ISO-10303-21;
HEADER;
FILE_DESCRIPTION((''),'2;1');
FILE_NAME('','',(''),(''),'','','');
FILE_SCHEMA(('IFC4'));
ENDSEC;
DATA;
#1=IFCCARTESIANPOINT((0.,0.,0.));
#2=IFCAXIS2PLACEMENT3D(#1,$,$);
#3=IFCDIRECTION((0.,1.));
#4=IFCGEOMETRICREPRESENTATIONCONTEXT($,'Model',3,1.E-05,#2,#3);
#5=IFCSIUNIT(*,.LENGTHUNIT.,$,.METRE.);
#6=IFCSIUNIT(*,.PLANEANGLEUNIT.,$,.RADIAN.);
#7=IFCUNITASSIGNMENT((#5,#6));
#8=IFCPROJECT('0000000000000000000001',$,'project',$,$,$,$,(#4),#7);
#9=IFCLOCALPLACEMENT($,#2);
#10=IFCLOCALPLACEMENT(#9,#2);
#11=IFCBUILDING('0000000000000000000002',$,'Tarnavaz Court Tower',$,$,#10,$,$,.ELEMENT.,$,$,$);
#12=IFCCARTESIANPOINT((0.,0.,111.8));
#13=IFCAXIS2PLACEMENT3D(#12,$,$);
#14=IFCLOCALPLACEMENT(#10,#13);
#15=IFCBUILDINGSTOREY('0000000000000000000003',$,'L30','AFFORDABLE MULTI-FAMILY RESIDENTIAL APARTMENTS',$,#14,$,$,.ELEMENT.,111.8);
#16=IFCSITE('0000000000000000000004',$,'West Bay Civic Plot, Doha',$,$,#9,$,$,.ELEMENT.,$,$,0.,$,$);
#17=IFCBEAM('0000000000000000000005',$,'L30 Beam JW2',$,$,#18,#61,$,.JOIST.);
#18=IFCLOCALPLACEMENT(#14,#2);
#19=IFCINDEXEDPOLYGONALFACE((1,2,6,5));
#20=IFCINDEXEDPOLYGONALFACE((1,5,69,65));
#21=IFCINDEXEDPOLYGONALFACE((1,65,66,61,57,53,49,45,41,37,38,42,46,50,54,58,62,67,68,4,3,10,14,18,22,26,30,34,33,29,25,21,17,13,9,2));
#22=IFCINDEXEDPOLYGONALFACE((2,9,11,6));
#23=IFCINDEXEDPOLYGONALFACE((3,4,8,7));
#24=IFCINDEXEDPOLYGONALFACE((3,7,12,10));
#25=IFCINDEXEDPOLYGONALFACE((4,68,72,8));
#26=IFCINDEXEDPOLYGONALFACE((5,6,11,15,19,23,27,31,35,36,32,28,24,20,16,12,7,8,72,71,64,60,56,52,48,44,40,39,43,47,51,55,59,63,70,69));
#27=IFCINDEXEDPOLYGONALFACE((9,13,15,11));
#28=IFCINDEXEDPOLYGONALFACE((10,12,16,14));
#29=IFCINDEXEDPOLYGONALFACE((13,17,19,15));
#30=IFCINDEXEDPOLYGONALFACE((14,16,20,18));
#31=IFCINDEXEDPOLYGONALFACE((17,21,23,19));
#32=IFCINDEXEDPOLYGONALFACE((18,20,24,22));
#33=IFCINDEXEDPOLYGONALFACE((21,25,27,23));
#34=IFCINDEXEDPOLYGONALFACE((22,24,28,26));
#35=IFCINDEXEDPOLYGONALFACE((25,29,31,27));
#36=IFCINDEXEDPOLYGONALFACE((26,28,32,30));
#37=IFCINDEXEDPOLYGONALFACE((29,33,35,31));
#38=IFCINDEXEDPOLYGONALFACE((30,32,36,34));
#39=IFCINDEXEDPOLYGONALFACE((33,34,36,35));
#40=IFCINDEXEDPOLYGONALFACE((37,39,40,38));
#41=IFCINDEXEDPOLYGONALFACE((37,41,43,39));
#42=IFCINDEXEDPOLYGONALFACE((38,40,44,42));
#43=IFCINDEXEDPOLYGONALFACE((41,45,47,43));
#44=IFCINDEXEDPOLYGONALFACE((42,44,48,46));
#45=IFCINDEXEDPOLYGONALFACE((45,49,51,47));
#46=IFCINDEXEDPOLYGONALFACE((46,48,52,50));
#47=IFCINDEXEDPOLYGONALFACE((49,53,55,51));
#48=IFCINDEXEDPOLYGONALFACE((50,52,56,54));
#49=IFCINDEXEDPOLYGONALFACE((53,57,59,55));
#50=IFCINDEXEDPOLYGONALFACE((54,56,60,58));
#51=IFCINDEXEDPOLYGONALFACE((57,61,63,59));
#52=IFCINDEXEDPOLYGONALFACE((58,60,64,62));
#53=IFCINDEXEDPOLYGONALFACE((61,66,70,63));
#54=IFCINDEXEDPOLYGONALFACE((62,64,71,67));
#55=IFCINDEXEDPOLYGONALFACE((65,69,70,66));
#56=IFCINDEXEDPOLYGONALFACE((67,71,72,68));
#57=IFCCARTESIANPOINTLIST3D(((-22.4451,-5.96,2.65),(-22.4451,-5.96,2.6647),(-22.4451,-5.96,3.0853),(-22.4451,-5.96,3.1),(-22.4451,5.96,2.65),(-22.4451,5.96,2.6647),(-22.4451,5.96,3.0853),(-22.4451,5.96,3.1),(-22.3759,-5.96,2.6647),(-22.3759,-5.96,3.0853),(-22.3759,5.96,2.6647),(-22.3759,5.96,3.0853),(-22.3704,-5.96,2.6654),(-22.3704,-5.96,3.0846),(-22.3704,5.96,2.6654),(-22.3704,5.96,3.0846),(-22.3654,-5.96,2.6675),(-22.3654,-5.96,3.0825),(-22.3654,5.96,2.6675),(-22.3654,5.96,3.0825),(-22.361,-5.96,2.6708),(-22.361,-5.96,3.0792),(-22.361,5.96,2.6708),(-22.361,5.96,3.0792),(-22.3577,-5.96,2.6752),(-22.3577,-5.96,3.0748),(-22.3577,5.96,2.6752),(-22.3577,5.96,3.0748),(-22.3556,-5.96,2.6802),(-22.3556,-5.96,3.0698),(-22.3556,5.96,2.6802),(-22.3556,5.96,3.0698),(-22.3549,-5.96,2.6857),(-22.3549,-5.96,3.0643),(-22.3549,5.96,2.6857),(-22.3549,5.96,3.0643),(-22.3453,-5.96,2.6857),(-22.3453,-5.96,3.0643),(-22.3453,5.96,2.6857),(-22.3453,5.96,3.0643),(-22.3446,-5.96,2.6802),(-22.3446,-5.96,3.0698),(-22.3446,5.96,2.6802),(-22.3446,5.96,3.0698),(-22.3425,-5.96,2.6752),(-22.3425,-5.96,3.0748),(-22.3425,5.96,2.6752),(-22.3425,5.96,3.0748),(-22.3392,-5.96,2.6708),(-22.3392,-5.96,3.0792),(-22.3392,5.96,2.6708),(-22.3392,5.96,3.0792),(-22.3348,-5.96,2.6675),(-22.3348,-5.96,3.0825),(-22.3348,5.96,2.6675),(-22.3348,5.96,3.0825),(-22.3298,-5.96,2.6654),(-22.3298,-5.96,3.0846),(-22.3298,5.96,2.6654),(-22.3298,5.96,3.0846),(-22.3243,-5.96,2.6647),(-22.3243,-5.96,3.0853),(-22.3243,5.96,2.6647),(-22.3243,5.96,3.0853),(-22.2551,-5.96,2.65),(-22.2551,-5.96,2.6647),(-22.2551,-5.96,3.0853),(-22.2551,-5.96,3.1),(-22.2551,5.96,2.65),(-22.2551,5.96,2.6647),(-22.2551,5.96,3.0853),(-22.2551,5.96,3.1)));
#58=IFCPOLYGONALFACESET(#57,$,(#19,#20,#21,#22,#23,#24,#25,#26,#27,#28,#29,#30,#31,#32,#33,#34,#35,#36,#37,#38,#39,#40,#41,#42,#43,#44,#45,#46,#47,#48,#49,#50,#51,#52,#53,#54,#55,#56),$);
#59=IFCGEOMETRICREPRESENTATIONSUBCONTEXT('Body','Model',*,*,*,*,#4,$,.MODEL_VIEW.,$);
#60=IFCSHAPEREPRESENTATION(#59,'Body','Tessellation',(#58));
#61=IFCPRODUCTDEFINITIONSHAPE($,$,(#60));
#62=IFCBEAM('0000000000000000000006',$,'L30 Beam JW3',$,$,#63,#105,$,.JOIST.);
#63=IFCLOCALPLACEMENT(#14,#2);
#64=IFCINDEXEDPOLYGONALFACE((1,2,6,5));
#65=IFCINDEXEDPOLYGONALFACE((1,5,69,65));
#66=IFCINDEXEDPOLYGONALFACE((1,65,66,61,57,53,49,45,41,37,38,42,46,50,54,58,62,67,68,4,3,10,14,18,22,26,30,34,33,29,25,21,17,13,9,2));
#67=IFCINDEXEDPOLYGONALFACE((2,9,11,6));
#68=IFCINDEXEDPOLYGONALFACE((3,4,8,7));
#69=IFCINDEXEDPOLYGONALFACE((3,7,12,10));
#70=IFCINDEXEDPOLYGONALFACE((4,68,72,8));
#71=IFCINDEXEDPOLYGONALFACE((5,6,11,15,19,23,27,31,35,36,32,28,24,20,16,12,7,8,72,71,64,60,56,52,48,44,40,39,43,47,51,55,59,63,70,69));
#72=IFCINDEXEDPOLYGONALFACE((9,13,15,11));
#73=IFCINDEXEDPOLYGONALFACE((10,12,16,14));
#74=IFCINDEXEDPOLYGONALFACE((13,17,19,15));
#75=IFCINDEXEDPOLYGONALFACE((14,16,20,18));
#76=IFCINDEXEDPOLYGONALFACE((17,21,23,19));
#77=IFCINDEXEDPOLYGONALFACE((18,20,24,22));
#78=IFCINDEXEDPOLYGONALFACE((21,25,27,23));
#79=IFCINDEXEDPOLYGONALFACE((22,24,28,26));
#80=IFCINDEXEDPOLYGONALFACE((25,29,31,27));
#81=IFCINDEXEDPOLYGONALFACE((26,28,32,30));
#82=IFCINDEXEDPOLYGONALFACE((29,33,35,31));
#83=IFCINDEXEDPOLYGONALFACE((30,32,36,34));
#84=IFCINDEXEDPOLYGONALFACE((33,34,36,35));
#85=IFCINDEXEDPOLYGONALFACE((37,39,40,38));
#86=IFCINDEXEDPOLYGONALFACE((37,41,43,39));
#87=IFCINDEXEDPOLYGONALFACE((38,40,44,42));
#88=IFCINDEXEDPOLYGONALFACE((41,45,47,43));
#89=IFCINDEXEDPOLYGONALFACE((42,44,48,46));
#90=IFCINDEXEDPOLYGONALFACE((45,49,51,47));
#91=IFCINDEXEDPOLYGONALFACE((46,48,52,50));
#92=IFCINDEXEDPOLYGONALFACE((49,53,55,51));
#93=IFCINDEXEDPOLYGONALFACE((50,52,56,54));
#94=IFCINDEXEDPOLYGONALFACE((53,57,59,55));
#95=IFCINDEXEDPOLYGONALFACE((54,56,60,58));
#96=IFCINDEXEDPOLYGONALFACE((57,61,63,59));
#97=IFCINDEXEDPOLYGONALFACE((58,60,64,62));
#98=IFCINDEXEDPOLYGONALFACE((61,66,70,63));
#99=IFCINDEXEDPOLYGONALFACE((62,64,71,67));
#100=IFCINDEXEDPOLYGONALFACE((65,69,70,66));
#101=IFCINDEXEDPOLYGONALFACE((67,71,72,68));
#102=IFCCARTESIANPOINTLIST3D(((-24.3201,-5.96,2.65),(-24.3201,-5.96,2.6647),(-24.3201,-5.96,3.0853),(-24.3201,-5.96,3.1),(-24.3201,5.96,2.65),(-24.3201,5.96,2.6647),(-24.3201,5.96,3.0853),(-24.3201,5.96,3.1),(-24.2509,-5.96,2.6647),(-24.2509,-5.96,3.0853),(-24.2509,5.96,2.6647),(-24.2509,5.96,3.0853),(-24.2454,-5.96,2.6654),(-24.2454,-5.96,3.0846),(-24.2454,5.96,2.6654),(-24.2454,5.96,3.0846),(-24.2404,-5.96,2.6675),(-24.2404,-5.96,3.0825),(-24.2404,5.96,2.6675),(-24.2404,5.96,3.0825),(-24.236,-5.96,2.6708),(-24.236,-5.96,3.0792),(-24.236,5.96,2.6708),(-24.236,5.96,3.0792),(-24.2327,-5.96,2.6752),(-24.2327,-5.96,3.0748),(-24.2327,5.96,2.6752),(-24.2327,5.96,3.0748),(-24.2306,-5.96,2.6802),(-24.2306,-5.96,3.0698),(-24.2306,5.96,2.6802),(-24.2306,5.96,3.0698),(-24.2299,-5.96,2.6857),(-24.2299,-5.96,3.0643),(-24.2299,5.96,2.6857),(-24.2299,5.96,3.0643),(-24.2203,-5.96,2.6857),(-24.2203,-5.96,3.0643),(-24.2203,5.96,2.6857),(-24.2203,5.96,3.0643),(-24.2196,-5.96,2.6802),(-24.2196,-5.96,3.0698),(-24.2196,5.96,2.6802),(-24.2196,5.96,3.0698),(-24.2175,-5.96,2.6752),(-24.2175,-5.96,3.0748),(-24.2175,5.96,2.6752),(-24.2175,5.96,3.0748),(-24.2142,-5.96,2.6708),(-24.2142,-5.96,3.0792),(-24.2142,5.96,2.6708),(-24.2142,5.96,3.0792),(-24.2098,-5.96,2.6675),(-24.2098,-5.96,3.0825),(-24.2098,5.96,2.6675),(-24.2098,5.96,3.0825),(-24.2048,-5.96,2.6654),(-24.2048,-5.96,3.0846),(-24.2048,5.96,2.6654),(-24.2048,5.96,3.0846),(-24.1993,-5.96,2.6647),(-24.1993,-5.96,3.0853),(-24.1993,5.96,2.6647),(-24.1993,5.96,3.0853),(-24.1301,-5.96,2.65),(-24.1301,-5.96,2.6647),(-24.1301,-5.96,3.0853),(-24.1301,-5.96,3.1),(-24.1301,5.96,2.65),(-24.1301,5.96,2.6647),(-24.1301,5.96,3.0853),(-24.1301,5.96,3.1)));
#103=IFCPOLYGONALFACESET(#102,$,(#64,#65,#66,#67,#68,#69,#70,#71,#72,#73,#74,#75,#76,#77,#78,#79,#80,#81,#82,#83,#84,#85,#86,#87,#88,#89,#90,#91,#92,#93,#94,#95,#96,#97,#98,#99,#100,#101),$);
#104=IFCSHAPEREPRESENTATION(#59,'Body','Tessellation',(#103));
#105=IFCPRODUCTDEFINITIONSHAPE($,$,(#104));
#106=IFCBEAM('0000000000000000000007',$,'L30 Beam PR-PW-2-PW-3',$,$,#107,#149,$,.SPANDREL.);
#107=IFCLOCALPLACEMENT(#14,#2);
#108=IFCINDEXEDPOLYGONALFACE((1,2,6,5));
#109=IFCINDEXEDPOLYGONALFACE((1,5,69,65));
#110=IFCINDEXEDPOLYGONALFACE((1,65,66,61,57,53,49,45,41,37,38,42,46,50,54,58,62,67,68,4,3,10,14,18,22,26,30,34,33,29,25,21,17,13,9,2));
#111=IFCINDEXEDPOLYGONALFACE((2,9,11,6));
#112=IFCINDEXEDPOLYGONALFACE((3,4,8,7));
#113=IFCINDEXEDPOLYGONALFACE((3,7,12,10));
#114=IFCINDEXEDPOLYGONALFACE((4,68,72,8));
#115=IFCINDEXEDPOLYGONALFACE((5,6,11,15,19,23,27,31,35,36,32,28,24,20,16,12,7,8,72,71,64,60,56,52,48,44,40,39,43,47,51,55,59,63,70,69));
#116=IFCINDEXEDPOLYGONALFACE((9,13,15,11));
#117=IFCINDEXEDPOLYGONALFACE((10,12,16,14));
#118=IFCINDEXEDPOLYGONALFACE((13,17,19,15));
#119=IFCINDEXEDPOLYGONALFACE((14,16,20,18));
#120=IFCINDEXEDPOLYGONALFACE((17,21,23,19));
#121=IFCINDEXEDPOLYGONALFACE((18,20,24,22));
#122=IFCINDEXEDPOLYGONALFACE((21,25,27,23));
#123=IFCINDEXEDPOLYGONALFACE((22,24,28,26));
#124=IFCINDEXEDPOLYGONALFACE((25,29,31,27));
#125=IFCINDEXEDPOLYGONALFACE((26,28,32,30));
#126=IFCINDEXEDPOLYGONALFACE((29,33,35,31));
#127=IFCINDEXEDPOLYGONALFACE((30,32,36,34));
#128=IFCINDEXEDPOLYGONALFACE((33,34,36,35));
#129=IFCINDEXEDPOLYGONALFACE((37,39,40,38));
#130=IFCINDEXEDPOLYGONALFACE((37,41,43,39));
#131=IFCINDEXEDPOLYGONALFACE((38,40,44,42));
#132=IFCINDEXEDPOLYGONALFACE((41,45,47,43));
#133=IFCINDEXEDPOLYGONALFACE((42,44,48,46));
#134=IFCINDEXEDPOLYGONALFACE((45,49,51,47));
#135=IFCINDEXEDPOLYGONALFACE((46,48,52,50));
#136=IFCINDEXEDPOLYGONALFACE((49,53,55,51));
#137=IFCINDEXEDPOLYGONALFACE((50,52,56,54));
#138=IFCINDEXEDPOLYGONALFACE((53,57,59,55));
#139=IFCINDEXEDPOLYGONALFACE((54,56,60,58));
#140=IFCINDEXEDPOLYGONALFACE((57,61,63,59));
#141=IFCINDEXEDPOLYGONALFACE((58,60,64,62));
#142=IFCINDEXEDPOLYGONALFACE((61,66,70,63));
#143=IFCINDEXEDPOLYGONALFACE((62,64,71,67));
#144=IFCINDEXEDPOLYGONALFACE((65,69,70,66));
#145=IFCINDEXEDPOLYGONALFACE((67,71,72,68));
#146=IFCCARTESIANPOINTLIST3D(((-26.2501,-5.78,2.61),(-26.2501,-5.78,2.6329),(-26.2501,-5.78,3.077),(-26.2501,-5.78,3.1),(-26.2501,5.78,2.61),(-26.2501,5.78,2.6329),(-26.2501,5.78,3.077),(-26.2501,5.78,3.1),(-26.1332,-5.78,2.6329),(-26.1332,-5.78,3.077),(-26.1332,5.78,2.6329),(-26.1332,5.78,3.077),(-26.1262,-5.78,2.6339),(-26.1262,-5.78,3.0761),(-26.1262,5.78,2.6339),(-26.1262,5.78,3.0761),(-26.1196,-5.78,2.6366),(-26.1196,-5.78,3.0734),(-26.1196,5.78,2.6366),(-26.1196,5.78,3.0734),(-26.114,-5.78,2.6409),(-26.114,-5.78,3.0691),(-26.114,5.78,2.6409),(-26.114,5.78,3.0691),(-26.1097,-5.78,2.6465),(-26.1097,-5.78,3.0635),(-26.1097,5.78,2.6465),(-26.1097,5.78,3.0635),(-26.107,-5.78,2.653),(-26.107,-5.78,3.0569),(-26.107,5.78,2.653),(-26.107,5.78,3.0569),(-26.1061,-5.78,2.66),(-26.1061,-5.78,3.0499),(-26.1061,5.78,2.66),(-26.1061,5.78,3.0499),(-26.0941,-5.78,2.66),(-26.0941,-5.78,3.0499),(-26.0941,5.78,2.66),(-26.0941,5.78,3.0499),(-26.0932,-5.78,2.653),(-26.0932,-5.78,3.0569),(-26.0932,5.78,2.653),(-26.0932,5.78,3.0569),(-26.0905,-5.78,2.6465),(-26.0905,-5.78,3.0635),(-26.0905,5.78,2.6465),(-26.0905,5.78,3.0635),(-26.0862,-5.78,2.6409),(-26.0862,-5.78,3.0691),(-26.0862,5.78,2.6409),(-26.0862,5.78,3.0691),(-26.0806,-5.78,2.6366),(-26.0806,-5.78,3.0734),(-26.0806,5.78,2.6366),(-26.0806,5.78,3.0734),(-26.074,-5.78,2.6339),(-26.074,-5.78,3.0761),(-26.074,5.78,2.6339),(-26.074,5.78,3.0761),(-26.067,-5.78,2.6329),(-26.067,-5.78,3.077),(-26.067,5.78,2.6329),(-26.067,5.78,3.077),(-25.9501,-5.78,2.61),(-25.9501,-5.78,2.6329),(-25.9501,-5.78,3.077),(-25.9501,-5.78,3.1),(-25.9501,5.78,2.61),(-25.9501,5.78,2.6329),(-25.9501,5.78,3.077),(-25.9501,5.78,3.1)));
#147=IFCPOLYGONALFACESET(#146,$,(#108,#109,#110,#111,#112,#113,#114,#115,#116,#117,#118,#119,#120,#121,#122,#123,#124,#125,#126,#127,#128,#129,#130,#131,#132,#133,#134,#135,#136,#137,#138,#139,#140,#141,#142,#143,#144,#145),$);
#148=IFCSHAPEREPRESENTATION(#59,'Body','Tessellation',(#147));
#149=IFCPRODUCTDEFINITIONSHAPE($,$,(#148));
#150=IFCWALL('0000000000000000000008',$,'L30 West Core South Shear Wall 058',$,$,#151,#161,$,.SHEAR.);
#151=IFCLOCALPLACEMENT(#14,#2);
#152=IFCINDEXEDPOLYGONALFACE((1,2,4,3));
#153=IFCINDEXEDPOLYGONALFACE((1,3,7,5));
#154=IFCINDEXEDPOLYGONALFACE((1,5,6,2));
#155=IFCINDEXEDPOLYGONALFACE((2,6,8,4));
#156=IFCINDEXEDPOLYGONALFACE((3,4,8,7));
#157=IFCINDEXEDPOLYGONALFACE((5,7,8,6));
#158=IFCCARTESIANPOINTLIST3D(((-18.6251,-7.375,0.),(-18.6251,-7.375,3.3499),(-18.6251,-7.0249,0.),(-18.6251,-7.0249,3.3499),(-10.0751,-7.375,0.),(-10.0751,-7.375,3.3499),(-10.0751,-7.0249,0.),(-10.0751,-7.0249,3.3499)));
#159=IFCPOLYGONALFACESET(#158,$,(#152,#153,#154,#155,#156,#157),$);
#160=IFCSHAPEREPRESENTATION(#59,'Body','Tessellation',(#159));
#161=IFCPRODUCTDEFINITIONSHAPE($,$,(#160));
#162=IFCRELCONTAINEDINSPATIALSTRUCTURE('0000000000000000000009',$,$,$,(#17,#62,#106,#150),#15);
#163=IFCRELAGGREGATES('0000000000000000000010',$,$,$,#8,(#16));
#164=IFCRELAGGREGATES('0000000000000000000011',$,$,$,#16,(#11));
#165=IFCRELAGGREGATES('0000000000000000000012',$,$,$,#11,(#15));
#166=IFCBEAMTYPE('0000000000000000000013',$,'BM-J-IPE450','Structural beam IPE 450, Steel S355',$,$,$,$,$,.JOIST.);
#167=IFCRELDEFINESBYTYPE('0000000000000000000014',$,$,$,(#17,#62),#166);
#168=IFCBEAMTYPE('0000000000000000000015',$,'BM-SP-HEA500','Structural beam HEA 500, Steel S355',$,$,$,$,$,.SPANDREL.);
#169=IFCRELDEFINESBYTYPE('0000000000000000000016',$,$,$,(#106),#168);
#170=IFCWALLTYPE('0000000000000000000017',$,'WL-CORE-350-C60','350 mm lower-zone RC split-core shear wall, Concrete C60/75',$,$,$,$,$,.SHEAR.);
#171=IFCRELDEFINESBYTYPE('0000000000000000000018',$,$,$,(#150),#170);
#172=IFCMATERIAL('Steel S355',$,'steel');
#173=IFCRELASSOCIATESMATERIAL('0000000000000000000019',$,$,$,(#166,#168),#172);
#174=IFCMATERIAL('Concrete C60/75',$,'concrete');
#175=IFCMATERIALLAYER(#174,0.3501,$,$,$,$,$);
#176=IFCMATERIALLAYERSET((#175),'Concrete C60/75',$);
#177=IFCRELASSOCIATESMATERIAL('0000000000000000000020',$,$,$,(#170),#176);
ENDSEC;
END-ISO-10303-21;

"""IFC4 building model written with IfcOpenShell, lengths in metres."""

from ifc_helpers import new_model, si_unit, direction, frame, frame_2d, origin, origin_2d, place, context, subcontext, project, spatial, rectangle, i_section, extrude, material, layer, layer_set, material_profile, profile_set, type_object, element, save


model = new_model("IFC4")

# Units and contexts
model_context = context("Model", 3, precision=1e-05, world=origin(), true_north=direction((0.0, 1.0)))
body_context = subcontext(model_context, "Body", "Model", "MODEL_VIEW")
ifc_project = project(units=[si_unit("LENGTHUNIT", "METRE"), si_unit("PLANEANGLEUNIT", "RADIAN")], contexts=[model_context])

# Site, building, storey
site_placement = place(None, origin())
site = spatial("IfcSite", under=ifc_project, at=site_placement, Name="West Bay Civic Plot, Doha", CompositionType="ELEMENT", RefElevation=0.0)
building_placement = place(site_placement, origin())
building = spatial("IfcBuilding", under=site, at=building_placement, Name="Tarnavaz Court Tower", CompositionType="ELEMENT")
storey_placement = place(building_placement, frame((0.0, 0.0, 111.8)))
storey = spatial("IfcBuildingStorey", under=building, at=storey_placement, Name="L30", Description="AFFORDABLE MULTI-FAMILY RESIDENTIAL APARTMENTS", CompositionType="ELEMENT", Elevation=111.8)

# Shared definitions
ifc_material_1 = material(Name="Concrete C60/75", Category="concrete")

# Beams
ifc_material_2 = material(Name="Steel S355", Category="steel")
ifc_material_profile_1 = material_profile(ifc_material_2, i_section(OverallWidth=0.1899, OverallDepth=0.45, WebThickness=0.0095, FlangeThickness=0.0146, FilletRadius=0.021, at=origin_2d()), Name="IPE 450")
ifc_profile_set_1 = profile_set([ifc_material_profile_1], Name="Steel S355")
beam_type_1 = type_object("IfcBeamType", Name="BM-J-IPE450", Description="Structural beam IPE 450, Steel S355", PredefinedType="JOIST", material=ifc_profile_set_1)
for number, where, z_axis, x_axis, name in (
    (1, (-22.3501, -5.96, 2.875), (0.0, 1.0, 0.0), (-1.0, 0.0, 0.0), "L30 Beam JW2"),
    (2, (-24.2251, -5.96, 2.875), (0.0, 1.0, 0.0), (-1.0, 0.0, 0.0), "L30 Beam JW3"),
):
    element("IfcBeam", number, at=place(storey_placement, frame(where, z_axis=z_axis, x_axis=x_axis)), inside=storey, type_object=beam_type_1, Name=name, PredefinedType="JOIST", context=body_context, shape_type="SweptSolid", body=[
        extrude(i_section(OverallWidth=0.1899, OverallDepth=0.45, WebThickness=0.0095, FlangeThickness=0.0146, FilletRadius=0.021, at=origin_2d()), origin(), (0.0, 0.0, 1.0), 11.9199),
    ])
ifc_material_profile_2 = material_profile(ifc_material_2, i_section(OverallWidth=0.3, OverallDepth=0.49, WebThickness=0.012, FlangeThickness=0.0229, FilletRadius=0.0271, at=origin_2d()), Name="HEA 500")
ifc_profile_set_2 = profile_set([ifc_material_profile_2], Name="Steel S355")
beam_type_2 = type_object("IfcBeamType", Name="BM-SP-HEA500", Description="Structural beam HEA 500, Steel S355", PredefinedType="SPANDREL", material=ifc_profile_set_2)
beam_1_placement = place(storey_placement, frame((-26.1001, -5.78, 2.855), z_axis=(0.0, 1.0, 0.0), x_axis=(-1.0, 0.0, 0.0)))
element("IfcBeam", 3, at=beam_1_placement, inside=storey, type_object=beam_type_2, Name="L30 Beam PR-PW-2-PW-3", PredefinedType="SPANDREL", context=body_context, shape_type="SweptSolid", body=[
    extrude(i_section(OverallWidth=0.3, OverallDepth=0.49, WebThickness=0.012, FlangeThickness=0.0229, FilletRadius=0.0271, at=origin_2d()), origin(), (0.0, 0.0, 1.0), 11.5601),
])

# Wall
ifc_layer_1 = layer(ifc_material_1, 0.3501)
ifc_layer_set_1 = layer_set([ifc_layer_1], Name="Concrete C60/75")
wall_type_1 = type_object("IfcWallType", Name="WL-CORE-350-C60", Description="350 mm lower-zone RC split-core shear wall, Concrete C60/75", PredefinedType="SHEAR", material=ifc_layer_set_1)
wall_1_placement = place(storey_placement, frame((-18.625, -7.2, 0.0), z_axis=(0.0, 0.0, 1.0), x_axis=(1.0, 0.0, 0.0)))
element("IfcWall", 4, at=wall_1_placement, inside=storey, type_object=wall_type_1, Name="L30 West Core South Shear Wall 058", PredefinedType="SHEAR", context=body_context, shape_type="SweptSolid", body=[
    extrude(rectangle(XDim=8.55, YDim=0.3501, at=frame_2d((4.2749, 0.0))), origin(), (0.0, 0.0, 1.0), 3.3499),
])

save(model, "model.ifc")
